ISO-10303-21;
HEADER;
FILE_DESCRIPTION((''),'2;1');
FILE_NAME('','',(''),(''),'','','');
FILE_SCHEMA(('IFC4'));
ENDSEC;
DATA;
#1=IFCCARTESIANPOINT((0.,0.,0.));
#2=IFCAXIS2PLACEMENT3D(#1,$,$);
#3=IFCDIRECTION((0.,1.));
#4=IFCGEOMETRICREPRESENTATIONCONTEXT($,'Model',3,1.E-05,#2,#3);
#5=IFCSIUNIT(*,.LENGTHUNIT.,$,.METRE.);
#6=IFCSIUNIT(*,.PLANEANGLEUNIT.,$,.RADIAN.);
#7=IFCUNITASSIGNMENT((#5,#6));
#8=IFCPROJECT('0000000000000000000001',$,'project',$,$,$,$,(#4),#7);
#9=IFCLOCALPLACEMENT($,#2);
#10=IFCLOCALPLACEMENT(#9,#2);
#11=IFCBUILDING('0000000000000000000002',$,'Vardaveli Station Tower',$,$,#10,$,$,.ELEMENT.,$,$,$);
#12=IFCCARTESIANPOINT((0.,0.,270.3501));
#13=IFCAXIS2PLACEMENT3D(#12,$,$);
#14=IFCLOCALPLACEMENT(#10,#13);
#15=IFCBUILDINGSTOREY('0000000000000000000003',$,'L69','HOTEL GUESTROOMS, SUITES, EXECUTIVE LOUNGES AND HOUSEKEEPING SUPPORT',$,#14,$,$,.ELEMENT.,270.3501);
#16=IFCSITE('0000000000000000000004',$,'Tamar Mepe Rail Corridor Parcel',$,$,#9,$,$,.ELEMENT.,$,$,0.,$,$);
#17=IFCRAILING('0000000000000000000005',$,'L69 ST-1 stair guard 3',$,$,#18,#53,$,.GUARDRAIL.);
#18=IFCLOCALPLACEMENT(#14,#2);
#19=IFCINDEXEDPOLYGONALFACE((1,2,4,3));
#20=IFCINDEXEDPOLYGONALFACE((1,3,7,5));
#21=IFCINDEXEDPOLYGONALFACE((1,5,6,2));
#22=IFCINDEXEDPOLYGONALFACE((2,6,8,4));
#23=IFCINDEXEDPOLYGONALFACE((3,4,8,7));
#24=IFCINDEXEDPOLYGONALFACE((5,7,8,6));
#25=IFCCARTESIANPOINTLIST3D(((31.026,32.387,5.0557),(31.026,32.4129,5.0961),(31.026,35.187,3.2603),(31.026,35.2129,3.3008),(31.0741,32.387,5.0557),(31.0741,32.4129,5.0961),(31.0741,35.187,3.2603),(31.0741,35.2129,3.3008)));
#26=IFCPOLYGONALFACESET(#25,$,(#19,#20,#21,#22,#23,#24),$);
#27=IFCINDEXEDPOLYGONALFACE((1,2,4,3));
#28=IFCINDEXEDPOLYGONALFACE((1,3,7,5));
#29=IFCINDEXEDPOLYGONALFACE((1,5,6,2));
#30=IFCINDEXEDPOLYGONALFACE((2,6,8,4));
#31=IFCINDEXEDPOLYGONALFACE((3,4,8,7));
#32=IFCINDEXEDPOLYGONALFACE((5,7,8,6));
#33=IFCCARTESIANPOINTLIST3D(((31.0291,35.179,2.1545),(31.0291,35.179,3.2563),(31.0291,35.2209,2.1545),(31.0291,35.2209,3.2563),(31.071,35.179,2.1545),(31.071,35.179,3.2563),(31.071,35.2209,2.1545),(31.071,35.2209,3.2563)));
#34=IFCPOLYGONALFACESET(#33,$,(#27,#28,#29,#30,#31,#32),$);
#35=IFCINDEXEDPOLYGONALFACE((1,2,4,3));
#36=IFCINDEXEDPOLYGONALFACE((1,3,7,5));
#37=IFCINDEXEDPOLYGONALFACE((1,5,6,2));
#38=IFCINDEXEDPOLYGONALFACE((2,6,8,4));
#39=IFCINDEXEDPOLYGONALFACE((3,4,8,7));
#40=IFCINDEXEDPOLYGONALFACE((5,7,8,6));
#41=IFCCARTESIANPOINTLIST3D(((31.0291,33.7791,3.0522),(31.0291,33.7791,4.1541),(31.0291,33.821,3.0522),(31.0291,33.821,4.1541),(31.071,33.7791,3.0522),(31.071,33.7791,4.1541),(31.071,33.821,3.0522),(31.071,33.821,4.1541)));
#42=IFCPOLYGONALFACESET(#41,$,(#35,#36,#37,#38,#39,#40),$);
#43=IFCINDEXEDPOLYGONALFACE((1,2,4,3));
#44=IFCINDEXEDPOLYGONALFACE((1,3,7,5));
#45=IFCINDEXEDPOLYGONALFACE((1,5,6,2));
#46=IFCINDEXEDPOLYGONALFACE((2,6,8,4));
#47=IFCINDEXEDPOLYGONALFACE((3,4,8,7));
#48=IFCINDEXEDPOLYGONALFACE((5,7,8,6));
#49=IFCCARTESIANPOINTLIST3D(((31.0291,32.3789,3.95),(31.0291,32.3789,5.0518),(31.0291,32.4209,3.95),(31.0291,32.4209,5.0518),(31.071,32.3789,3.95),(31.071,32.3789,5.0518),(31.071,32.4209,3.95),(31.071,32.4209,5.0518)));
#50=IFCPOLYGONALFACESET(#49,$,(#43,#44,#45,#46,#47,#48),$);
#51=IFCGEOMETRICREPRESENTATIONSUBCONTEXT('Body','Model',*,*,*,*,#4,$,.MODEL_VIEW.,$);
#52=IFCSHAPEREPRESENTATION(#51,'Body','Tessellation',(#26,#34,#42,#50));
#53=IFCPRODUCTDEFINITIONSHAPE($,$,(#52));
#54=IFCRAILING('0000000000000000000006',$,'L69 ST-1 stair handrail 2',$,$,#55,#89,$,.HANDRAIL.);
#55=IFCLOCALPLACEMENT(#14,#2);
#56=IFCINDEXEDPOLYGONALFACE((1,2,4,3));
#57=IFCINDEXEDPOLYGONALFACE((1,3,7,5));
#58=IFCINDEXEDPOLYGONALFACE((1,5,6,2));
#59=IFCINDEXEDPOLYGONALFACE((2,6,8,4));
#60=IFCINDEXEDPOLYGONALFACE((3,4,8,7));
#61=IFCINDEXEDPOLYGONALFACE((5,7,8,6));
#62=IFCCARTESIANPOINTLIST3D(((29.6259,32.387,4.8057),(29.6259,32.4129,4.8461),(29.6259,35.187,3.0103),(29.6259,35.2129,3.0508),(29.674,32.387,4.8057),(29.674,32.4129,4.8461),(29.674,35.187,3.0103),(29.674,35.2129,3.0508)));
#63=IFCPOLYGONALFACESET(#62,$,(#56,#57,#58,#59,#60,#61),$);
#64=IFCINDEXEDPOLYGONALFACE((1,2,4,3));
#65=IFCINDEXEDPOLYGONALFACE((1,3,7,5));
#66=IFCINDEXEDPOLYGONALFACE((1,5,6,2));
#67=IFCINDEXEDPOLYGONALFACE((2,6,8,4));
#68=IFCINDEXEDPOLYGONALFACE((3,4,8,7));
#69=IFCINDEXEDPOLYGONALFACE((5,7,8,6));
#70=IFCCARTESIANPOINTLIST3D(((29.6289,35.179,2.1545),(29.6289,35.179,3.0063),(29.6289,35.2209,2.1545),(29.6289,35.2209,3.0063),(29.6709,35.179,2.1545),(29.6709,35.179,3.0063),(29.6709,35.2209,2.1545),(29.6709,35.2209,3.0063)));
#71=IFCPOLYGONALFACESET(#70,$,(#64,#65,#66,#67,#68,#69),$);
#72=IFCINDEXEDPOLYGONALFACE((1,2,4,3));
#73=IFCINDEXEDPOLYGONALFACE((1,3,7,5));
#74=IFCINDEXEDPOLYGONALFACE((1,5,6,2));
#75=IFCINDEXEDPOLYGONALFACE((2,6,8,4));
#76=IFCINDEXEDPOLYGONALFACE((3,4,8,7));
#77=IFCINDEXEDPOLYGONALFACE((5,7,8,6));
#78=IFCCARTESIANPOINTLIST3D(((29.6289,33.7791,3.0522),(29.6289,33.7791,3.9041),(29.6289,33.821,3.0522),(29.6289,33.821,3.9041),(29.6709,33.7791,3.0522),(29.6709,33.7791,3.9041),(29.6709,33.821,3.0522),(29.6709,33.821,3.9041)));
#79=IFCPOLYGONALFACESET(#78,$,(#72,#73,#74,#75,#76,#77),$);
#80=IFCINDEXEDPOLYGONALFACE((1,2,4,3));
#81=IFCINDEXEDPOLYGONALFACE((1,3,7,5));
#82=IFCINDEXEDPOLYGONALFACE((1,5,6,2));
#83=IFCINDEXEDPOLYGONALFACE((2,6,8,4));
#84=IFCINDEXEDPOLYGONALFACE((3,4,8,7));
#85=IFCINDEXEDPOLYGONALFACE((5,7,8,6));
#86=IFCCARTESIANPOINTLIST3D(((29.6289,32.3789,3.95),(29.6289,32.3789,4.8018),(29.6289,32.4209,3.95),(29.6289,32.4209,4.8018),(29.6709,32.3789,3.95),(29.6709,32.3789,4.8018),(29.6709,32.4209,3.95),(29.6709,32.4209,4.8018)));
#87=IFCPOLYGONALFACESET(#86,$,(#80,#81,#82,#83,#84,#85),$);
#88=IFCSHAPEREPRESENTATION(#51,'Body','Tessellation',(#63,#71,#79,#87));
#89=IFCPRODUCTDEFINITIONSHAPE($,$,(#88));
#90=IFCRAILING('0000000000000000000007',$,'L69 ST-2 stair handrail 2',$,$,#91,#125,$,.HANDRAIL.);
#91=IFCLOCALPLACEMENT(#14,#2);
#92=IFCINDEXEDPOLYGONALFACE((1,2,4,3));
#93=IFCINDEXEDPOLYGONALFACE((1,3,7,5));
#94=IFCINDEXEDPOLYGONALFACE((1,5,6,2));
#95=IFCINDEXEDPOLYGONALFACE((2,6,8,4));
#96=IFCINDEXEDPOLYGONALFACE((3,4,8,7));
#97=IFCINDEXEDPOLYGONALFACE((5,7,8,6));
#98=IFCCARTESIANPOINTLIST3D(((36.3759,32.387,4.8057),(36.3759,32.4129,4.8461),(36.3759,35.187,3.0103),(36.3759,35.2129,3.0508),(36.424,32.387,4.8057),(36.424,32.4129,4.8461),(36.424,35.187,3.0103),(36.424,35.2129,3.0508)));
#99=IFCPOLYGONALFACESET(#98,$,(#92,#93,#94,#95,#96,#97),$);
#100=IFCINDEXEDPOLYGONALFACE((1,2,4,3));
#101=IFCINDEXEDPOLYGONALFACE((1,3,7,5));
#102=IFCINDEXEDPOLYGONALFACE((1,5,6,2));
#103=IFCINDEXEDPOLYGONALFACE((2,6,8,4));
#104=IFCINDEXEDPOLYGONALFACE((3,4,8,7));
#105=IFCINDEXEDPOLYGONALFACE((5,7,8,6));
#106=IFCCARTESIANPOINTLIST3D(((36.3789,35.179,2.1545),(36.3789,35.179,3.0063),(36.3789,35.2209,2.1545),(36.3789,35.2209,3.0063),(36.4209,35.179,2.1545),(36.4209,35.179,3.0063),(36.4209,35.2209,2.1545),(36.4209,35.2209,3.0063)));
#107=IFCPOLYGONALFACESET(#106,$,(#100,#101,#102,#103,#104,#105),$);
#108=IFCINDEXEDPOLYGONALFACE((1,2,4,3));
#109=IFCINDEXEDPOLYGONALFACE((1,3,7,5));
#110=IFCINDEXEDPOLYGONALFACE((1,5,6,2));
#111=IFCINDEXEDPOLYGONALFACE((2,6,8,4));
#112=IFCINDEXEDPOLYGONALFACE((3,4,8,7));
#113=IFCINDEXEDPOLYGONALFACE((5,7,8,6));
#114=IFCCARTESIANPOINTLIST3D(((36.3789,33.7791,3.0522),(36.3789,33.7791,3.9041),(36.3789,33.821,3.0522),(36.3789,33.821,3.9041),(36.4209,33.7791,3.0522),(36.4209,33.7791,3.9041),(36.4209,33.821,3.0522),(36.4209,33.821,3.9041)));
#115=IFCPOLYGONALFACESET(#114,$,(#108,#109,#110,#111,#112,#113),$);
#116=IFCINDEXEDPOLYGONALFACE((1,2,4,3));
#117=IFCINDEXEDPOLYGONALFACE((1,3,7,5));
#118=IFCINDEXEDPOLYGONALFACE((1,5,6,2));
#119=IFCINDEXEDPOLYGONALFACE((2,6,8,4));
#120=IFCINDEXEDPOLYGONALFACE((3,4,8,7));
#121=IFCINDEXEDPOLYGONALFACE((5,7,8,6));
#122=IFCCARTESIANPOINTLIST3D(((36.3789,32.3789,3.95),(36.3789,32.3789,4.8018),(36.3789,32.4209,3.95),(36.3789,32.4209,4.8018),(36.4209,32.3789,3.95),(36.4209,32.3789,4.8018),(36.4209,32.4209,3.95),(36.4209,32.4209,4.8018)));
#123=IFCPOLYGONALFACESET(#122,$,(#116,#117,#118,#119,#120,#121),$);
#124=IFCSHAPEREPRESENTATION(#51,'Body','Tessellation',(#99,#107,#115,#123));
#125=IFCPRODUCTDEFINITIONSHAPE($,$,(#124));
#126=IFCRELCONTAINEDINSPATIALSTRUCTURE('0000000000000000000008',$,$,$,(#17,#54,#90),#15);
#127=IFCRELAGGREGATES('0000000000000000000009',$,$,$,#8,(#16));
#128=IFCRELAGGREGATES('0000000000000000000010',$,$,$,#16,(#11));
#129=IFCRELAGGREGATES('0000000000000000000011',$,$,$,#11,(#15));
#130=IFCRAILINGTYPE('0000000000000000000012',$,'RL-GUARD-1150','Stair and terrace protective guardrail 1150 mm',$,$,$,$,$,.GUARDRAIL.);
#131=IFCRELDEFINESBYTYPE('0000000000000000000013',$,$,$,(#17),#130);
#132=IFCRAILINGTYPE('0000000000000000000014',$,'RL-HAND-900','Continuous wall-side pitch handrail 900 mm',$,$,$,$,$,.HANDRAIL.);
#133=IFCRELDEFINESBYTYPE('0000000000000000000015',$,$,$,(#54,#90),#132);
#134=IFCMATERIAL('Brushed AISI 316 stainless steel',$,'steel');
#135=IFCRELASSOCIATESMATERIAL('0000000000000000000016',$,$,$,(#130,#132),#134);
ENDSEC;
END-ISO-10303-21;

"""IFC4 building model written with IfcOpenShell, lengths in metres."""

from ifc_helpers import new_model, si_unit, direction, frame, origin, origin_2d, place, context, subcontext, project, spatial, rectangle, extrude, source, transform, mapped, material, type_object, element, save


model = new_model("IFC4")

# Units and contexts
model_context = context("Model", 3, precision=1e-05, world=origin(), true_north=direction((0.0, 1.0)))
body_context = subcontext(model_context, "Body", "Model", "MODEL_VIEW")
ifc_project = project(units=[si_unit("LENGTHUNIT", "METRE"), si_unit("PLANEANGLEUNIT", "RADIAN")], contexts=[model_context])

# Site, building, storey
site_placement = place(None, origin())
site = spatial("IfcSite", under=ifc_project, at=site_placement, Name="Tamar Mepe Rail Corridor Parcel", CompositionType="ELEMENT", RefElevation=0.0)
building_placement = place(site_placement, origin())
building = spatial("IfcBuilding", under=site, at=building_placement, Name="Vardaveli Station Tower", CompositionType="ELEMENT")
storey_placement = place(building_placement, frame((0.0, 0.0, 270.3501)))
storey = spatial("IfcBuildingStorey", under=building, at=storey_placement, Name="L69", Description="HOTEL GUESTROOMS, SUITES, EXECUTIVE LOUNGES AND HOUSEKEEPING SUPPORT", CompositionType="ELEMENT", Elevation=270.3501)

# Railings
ifc_material_1 = material(Name="Brushed AISI 316 stainless steel", Category="steel")
railing_type_1 = type_object("IfcRailingType", Name="RL-GUARD-1150", Description="Stair and terrace protective guardrail 1150 mm", PredefinedType="GUARDRAIL", material=ifc_material_1)
shared_shape_1 = source(origin(), body_context, "Body", "SweptSolid", [
    extrude(rectangle(XDim=0.0481, YDim=0.0481, at=origin_2d()), frame((0.0, 0.0, 1.126), z_axis=(0.0, -0.84181, 0.539774), x_axis=(1.0, 0.0, 0.0)), (0.0, 0.0, 1.0), 3.3262),
    extrude(rectangle(XDim=0.042, YDim=0.042, at=origin_2d()), origin(), (0.0, 0.0, 1.0), 1.1018),
    extrude(rectangle(XDim=0.042, YDim=0.042, at=origin_2d()), frame((0.0, -1.3999, 0.8977)), (0.0, 0.0, 1.0), 1.1018),
    extrude(rectangle(XDim=0.042, YDim=0.042, at=origin_2d()), frame((0.0, -2.8, 1.7954)), (0.0, 0.0, 1.0), 1.1018),
])
railing_1_placement = place(storey_placement, frame((31.05, 35.2, 2.1545)))
element("IfcRailing", 1, at=railing_1_placement, inside=storey, type_object=railing_type_1, Name="L69 ST-1 stair guard 3", PredefinedType="GUARDRAIL", context=body_context, shape_type="MappedRepresentation", body=[
    mapped(shared_shape_1, transform((0.0, 0.0, 0.0), scale=1.0)),
])
railing_type_2 = type_object("IfcRailingType", Name="RL-HAND-900", Description="Continuous wall-side pitch handrail 900 mm", PredefinedType="HANDRAIL", material=ifc_material_1)
shared_shape_2 = source(origin(), body_context, "Body", "SweptSolid", [
    extrude(rectangle(XDim=0.0481, YDim=0.0481, at=origin_2d()), frame((0.0, 0.0, 0.876), z_axis=(0.0, -0.84181, 0.539774), x_axis=(1.0, 0.0, 0.0)), (0.0, 0.0, 1.0), 3.3262),
    extrude(rectangle(XDim=0.042, YDim=0.042, at=origin_2d()), origin(), (0.0, 0.0, 1.0), 0.8518),
    extrude(rectangle(XDim=0.042, YDim=0.042, at=origin_2d()), frame((0.0, -1.3999, 0.8977)), (0.0, 0.0, 1.0), 0.8518),
    extrude(rectangle(XDim=0.042, YDim=0.042, at=origin_2d()), frame((0.0, -2.8, 1.7954)), (0.0, 0.0, 1.0), 0.8518),
])
for number, where, name in (
    (2, (29.6499, 35.2, 2.1545), "L69 ST-1 stair handrail 2"),
    (3, (36.3999, 35.2, 2.1545), "L69 ST-2 stair handrail 2"),
):
    element("IfcRailing", number, at=place(storey_placement, frame(where)), inside=storey, type_object=railing_type_2, Name=name, PredefinedType="HANDRAIL", context=body_context, shape_type="MappedRepresentation", body=[
        mapped(shared_shape_2, transform((0.0, 0.0, 0.0), scale=1.0)),
    ])

save(model, "model.ifc")
